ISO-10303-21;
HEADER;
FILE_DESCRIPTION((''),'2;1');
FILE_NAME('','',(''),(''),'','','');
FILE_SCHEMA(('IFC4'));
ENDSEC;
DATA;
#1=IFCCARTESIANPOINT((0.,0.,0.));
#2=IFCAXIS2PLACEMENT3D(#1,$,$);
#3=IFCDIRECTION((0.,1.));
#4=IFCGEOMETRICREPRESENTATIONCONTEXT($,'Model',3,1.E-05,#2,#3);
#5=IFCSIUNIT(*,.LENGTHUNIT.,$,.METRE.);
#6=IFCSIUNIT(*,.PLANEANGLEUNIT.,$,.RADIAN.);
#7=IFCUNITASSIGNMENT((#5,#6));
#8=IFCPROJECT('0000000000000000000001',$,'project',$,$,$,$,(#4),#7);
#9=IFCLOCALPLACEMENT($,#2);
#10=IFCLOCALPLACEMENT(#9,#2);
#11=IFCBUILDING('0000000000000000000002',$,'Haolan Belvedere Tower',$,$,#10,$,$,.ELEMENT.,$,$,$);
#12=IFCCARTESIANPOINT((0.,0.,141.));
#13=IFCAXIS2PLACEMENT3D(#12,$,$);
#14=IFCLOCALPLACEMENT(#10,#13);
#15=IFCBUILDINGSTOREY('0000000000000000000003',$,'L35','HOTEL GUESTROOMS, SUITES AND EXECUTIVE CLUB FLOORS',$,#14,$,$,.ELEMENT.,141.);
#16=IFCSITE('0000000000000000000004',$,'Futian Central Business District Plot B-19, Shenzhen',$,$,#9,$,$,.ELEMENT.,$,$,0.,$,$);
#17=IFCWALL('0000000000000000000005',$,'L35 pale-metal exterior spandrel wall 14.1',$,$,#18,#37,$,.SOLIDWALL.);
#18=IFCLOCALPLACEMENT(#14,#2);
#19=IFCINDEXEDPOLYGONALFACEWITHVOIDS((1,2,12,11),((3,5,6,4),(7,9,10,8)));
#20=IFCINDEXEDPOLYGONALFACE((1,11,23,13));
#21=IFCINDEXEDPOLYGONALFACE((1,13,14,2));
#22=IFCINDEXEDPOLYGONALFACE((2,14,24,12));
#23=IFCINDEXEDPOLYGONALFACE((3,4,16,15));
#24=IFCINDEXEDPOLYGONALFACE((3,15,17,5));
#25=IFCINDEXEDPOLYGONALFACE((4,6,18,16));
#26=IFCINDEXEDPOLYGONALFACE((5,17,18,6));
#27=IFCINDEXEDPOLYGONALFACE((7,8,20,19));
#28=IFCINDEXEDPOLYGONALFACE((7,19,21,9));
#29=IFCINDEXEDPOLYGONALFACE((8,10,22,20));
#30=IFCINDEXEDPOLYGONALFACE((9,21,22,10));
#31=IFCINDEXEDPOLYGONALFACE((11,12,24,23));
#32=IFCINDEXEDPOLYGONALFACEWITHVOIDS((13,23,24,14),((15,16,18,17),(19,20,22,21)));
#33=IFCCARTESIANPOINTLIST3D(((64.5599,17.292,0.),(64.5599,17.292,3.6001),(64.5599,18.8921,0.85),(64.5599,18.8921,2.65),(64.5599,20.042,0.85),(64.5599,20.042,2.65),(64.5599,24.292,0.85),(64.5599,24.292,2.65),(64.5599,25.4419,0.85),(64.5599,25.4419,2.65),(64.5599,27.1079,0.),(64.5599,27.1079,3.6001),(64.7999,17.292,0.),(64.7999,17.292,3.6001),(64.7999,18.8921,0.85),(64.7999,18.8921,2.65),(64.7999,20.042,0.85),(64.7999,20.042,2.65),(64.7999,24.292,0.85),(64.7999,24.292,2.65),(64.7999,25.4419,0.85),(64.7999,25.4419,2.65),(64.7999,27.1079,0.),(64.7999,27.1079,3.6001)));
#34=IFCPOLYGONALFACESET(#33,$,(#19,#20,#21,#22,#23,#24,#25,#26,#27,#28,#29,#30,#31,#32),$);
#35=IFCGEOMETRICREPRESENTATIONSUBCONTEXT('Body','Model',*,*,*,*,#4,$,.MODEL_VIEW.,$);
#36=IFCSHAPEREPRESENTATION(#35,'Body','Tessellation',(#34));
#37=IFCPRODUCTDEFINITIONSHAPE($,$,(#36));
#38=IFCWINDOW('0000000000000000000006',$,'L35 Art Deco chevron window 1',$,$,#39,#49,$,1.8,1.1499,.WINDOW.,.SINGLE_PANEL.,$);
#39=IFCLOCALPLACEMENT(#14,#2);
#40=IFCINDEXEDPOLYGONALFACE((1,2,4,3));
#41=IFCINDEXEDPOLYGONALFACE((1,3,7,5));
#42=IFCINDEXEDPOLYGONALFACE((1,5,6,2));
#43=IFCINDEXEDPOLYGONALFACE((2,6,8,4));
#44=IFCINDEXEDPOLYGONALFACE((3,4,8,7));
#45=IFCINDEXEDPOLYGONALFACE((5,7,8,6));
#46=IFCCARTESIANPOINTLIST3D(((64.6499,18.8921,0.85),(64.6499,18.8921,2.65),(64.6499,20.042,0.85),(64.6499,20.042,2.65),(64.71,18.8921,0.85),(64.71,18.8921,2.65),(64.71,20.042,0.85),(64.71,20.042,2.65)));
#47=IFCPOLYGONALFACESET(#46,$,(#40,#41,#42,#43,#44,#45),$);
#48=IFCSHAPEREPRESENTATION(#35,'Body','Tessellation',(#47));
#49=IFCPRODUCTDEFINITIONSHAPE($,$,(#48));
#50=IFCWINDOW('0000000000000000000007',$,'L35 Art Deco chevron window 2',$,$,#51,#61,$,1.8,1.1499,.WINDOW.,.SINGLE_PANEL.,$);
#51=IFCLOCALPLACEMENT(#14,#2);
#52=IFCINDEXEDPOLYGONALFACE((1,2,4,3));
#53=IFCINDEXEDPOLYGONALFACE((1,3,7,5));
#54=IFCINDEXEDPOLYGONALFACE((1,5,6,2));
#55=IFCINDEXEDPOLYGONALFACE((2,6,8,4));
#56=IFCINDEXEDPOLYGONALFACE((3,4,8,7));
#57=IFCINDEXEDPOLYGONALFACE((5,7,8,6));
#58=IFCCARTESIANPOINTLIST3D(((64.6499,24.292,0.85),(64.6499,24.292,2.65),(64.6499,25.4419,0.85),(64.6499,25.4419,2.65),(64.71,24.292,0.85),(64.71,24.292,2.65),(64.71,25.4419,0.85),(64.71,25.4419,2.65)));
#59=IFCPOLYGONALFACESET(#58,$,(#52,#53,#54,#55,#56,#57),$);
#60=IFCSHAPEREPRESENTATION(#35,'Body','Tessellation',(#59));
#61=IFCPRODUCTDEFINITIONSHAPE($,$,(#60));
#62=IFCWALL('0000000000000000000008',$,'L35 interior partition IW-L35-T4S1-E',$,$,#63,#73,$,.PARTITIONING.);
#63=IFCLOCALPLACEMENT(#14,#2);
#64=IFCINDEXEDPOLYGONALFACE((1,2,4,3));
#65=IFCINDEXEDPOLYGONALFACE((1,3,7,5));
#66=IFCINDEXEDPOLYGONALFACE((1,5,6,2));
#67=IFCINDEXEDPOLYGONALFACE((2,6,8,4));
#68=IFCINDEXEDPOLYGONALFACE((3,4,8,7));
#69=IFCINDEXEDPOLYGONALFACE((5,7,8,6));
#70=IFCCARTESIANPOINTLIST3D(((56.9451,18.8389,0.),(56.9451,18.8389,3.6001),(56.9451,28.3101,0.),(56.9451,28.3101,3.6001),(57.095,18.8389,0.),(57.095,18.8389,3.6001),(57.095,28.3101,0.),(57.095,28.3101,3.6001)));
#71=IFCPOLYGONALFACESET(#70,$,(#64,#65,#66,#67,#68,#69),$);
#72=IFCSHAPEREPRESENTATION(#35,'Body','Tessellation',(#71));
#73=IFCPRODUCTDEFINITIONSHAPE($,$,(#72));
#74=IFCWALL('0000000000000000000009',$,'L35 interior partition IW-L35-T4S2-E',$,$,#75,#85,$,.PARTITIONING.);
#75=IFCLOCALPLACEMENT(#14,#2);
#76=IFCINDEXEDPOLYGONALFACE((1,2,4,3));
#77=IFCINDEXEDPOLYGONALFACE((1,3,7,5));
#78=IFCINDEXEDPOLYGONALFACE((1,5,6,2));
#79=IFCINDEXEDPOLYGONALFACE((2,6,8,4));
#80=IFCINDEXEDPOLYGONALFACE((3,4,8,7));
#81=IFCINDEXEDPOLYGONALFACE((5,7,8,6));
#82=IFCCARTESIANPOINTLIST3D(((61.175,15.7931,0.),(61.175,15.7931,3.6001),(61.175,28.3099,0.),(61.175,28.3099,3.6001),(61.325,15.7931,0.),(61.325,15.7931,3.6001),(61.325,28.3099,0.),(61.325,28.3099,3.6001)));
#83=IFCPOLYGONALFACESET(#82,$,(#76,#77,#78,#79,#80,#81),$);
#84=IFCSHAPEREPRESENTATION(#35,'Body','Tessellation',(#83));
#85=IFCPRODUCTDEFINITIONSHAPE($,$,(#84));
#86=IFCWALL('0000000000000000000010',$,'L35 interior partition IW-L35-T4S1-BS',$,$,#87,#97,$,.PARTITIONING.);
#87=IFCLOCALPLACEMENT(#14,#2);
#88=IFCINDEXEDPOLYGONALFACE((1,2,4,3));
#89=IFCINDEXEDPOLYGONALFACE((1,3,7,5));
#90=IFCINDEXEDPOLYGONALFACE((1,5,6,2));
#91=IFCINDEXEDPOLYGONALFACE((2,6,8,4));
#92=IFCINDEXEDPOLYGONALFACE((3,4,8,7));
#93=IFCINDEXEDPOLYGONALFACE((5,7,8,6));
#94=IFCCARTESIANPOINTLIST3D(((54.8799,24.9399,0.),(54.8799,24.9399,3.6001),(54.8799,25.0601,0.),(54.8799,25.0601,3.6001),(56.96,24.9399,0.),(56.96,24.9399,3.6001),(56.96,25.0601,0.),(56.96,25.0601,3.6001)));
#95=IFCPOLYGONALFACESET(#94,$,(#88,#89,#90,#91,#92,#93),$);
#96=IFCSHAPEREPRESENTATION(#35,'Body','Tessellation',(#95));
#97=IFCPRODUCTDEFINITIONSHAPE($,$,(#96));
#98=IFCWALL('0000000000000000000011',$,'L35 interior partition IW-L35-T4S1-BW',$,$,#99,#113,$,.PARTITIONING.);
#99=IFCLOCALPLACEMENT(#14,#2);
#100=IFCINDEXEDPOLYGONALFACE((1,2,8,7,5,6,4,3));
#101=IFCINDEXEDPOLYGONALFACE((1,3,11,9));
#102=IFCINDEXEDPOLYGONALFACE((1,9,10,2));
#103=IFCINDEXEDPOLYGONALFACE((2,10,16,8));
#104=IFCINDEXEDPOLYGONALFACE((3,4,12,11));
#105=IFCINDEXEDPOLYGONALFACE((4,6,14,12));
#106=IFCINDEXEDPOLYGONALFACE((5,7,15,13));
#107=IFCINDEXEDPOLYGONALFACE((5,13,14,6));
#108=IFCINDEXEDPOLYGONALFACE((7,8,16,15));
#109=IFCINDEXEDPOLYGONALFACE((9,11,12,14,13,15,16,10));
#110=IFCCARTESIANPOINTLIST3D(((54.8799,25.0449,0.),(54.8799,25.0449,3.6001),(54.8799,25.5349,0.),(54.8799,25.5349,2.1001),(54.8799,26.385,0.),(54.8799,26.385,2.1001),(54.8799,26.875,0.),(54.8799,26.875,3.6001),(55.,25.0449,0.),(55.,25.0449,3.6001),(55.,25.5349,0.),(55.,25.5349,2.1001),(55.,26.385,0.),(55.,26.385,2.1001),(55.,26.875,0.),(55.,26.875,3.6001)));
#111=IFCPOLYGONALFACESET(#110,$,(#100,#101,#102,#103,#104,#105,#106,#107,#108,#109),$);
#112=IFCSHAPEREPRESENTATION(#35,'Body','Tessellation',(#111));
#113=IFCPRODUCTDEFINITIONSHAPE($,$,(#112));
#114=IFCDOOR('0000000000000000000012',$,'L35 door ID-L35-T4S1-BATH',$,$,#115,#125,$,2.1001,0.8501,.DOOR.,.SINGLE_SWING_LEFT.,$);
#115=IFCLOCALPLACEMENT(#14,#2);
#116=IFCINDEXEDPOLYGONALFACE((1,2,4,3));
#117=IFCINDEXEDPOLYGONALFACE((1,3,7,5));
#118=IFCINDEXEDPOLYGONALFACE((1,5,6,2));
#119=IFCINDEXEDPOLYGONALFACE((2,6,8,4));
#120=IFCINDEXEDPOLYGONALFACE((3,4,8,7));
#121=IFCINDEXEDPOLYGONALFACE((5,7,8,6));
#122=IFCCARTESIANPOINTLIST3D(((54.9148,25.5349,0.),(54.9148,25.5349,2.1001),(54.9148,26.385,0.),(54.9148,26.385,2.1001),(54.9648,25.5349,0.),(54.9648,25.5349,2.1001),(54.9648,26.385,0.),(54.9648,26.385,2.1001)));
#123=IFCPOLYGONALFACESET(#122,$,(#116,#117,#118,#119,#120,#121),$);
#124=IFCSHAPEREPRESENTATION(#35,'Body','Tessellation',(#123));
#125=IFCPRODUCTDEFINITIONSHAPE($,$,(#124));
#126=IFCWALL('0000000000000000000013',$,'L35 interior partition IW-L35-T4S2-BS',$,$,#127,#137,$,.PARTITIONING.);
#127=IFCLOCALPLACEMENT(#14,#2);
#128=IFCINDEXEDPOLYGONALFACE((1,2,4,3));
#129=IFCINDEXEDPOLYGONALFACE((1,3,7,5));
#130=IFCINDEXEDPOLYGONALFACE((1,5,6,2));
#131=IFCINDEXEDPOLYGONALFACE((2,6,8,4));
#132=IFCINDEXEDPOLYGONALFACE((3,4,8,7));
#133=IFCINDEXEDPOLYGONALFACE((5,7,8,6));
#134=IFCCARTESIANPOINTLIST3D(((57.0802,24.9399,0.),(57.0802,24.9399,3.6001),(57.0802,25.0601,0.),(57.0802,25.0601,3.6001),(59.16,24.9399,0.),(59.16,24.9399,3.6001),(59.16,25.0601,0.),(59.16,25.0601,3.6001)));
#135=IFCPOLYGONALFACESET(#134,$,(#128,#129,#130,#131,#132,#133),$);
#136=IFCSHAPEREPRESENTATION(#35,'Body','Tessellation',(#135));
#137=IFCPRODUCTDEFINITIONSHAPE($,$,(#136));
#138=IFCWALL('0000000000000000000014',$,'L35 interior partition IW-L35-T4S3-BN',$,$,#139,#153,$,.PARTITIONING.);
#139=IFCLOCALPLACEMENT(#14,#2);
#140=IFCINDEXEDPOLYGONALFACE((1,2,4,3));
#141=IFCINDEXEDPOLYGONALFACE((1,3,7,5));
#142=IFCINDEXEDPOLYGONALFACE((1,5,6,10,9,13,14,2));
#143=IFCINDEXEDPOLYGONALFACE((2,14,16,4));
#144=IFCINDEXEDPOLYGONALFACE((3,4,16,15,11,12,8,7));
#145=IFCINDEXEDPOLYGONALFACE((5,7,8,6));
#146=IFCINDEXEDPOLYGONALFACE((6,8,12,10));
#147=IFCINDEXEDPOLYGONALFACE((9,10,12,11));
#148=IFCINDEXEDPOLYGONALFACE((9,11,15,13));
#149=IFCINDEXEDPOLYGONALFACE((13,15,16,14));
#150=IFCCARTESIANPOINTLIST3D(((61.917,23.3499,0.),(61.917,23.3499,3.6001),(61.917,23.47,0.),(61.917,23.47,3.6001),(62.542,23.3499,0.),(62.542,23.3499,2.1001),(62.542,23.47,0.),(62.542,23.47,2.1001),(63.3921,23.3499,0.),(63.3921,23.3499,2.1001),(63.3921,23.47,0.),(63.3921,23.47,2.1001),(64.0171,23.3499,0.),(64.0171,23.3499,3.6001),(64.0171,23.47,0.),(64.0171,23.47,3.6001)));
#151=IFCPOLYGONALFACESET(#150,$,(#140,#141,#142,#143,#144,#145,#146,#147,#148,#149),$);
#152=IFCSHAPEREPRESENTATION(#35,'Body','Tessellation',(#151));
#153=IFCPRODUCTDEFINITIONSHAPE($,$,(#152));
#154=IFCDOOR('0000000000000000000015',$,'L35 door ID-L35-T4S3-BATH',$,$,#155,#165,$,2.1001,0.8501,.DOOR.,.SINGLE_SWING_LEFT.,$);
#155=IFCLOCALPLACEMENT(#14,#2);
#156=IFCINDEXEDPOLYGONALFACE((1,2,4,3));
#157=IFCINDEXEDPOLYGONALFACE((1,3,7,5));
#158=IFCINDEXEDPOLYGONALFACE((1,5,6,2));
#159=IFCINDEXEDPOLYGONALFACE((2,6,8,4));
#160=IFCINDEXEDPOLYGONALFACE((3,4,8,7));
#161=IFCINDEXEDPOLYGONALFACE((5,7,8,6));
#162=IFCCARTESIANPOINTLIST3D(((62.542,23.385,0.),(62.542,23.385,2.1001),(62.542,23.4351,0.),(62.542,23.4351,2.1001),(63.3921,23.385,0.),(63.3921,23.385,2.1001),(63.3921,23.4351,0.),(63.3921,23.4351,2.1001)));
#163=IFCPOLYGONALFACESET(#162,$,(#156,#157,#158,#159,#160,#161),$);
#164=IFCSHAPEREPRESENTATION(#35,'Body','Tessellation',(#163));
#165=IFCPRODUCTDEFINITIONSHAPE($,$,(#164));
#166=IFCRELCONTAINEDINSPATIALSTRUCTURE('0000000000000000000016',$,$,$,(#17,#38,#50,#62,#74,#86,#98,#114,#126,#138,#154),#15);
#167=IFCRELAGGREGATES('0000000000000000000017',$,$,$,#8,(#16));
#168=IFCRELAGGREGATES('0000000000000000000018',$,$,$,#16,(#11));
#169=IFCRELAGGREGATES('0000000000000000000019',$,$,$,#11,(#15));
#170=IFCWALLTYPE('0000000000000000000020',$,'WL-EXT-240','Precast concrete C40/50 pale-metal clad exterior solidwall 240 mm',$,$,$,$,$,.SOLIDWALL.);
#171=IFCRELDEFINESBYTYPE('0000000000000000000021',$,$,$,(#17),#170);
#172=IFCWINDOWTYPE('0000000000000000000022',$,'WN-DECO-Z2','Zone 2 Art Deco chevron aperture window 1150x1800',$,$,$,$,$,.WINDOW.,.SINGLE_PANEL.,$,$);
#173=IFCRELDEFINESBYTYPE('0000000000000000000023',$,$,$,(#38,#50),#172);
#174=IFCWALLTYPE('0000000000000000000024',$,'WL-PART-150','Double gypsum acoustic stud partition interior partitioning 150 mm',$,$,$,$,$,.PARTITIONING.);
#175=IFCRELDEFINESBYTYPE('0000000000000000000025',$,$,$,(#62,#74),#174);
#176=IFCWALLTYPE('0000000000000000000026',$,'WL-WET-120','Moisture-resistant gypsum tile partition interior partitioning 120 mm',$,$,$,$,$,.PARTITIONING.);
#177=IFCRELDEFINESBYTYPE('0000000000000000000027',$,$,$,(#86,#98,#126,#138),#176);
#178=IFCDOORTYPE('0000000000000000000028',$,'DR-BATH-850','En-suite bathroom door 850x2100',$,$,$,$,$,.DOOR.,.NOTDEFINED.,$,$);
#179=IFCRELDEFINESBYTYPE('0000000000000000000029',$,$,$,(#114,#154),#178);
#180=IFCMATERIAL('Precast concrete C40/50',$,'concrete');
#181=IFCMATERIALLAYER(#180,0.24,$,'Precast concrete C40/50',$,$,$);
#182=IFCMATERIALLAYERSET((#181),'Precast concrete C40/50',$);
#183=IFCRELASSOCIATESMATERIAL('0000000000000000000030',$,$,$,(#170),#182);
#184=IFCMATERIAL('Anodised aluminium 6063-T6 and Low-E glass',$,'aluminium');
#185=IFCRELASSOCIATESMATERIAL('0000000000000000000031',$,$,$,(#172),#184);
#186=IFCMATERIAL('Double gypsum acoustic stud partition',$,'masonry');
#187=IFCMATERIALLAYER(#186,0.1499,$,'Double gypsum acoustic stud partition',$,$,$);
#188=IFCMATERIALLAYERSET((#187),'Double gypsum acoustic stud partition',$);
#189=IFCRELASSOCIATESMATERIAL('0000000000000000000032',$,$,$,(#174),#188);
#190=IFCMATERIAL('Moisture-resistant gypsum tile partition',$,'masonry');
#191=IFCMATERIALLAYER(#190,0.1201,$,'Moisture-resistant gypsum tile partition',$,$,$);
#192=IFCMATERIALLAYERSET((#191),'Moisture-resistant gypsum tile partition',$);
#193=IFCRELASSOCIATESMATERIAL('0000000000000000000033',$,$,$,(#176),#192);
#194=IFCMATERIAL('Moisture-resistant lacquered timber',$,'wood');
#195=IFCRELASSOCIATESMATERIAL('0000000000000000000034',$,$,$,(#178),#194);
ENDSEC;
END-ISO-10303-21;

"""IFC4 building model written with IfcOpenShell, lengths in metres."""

from ifc_helpers import new_model, si_unit, direction, frame, frame_2d, origin, place, context, subcontext, project, spatial, rectangle, extrude, material, layer, layer_set, type_object, element, fill, save


model = new_model("IFC4")

# Units and contexts
model_context = context("Model", 3, precision=1e-05, world=origin(), true_north=direction((0.0, 1.0)))
body_context = subcontext(model_context, "Body", "Model", "MODEL_VIEW")
ifc_project = project(units=[si_unit("LENGTHUNIT", "METRE"), si_unit("PLANEANGLEUNIT", "RADIAN")], contexts=[model_context])

# Site, building, storey
site_placement = place(None, origin())
site = spatial("IfcSite", under=ifc_project, at=site_placement, Name="Futian Central Business District Plot B-19, Shenzhen", CompositionType="ELEMENT", RefElevation=0.0)
building_placement = place(site_placement, origin())
building = spatial("IfcBuilding", under=site, at=building_placement, Name="Haolan Belvedere Tower", CompositionType="ELEMENT")
storey_placement = place(building_placement, frame((0.0, 0.0, 141.0)))
storey = spatial("IfcBuildingStorey", under=building, at=storey_placement, Name="L35", Description="HOTEL GUESTROOMS, SUITES AND EXECUTIVE CLUB FLOORS", CompositionType="ELEMENT", Elevation=141.0)

# Shared definitions
ifc_material_1 = material(Name="Precast concrete C40/50", Category="concrete")
ifc_layer_1 = layer(ifc_material_1, 0.24, Name="Precast concrete C40/50")
ifc_layer_set_1 = layer_set([ifc_layer_1], Name="Precast concrete C40/50")
wall_type_1 = type_object("IfcWallType", Name="WL-EXT-240", Description="Precast concrete C40/50 pale-metal clad exterior solidwall 240 mm", PredefinedType="SOLIDWALL", material=ifc_layer_set_1)
ifc_material_2 = material(Name="Anodised aluminium 6063-T6 and Low-E glass", Category="aluminium")
window_type = type_object("IfcWindowType", Name="WN-DECO-Z2", Description="Zone 2 Art Deco chevron aperture window 1150x1800", PartitioningType="SINGLE_PANEL", PredefinedType="WINDOW", material=ifc_material_2)

# Wall, openings, windows
wall_1_placement = place(storey_placement, frame((64.6799, 17.292, 0.0), z_axis=(0.0, 0.0, 1.0), x_axis=(0.0, 1.0, 0.0)))
wall_1 = element("IfcWall", 1, at=wall_1_placement, inside=storey, type_object=wall_type_1, Name="L35 pale-metal exterior spandrel wall 14.1", PredefinedType="SOLIDWALL", context=body_context, shape_type="SweptSolid", body=[
    extrude(rectangle(XDim=9.8159, YDim=0.24, at=frame_2d((4.908, 0.0))), origin(), (0.0, 0.0, 1.0), 3.6001),
])
opening_1_placement = place(wall_1_placement, frame((1.6001, 0.0, 0.8501)))
opening_1 = element("IfcOpeningElement", 2, at=opening_1_placement, cuts=wall_1, PredefinedType="OPENING", context=body_context, shape_type="SweptSolid", body=[
    extrude(rectangle(XDim=1.1499, YDim=1.8, at=frame_2d((0.575, 0.8999))), frame((0.0, 0.1299, 0.0), z_axis=(0.0, -1.0, 0.0), x_axis=(1.0, 0.0, 0.0)), (0.0, 0.0, 1.0), 0.26),
])
opening_2_placement = place(wall_1_placement, frame((7.0, 0.0, 0.8501)))
opening_2 = element("IfcOpeningElement", 3, at=opening_2_placement, cuts=wall_1, PredefinedType="OPENING", context=body_context, shape_type="SweptSolid", body=[
    extrude(rectangle(XDim=1.1499, YDim=1.8, at=frame_2d((0.575, 0.8999))), frame((0.0, 0.1299, 0.0), z_axis=(0.0, -1.0, 0.0), x_axis=(1.0, 0.0, 0.0)), (0.0, 0.0, 1.0), 0.26),
])
window_1_placement = place(opening_1_placement, origin())
window_1 = element("IfcWindow", 4, at=window_1_placement, inside=storey, type_object=window_type, Name="L35 Art Deco chevron window 1", OverallHeight=1.8, OverallWidth=1.1499, PartitioningType="SINGLE_PANEL", PredefinedType="WINDOW", context=body_context, shape_type="SweptSolid", body=[
    extrude(rectangle(XDim=1.1499, YDim=1.8, at=frame_2d((0.575, 0.8999))), frame((0.0, 0.03, 0.0), z_axis=(0.0, -1.0, 0.0), x_axis=(1.0, 0.0, 0.0)), (0.0, 0.0, 1.0), 0.0601),
])
fill(opening_1, window_1)
window_2_placement = place(opening_2_placement, origin())
window_2 = element("IfcWindow", 5, at=window_2_placement, inside=storey, type_object=window_type, Name="L35 Art Deco chevron window 2", OverallHeight=1.8, OverallWidth=1.1499, PartitioningType="SINGLE_PANEL", PredefinedType="WINDOW", context=body_context, shape_type="SweptSolid", body=[
    extrude(rectangle(XDim=1.1499, YDim=1.8, at=frame_2d((0.575, 0.8999))), frame((0.0, 0.03, 0.0), z_axis=(0.0, -1.0, 0.0), x_axis=(1.0, 0.0, 0.0)), (0.0, 0.0, 1.0), 0.0601),
])
fill(opening_2, window_2)

# Walls
ifc_material_3 = material(Name="Double gypsum acoustic stud partition", Category="masonry")
ifc_layer_2 = layer(ifc_material_3, 0.1499, Name="Double gypsum acoustic stud partition")
ifc_layer_set_2 = layer_set([ifc_layer_2], Name="Double gypsum acoustic stud partition")
wall_type_2 = type_object("IfcWallType", Name="WL-PART-150", Description="Double gypsum acoustic stud partition interior partitioning 150 mm", PredefinedType="PARTITIONING", material=ifc_layer_set_2)
wall_2_placement = place(storey_placement, frame((57.02, 18.8389, 0.0), z_axis=(0.0, 0.0, 1.0), x_axis=(0.0, 1.0, 0.0)))
element("IfcWall", 6, at=wall_2_placement, inside=storey, type_object=wall_type_2, Name="L35 interior partition IW-L35-T4S1-E", PredefinedType="PARTITIONING", context=body_context, shape_type="SweptSolid", body=[
    extrude(rectangle(XDim=9.4712, YDim=0.1499, at=frame_2d((4.7356, 0.0))), origin(), (0.0, 0.0, 1.0), 3.6001),
])
wall_3_placement = place(storey_placement, frame((61.25, 15.7932, 0.0), z_axis=(0.0, 0.0, 1.0), x_axis=(0.0, 1.0, 0.0)))
element("IfcWall", 7, at=wall_3_placement, inside=storey, type_object=wall_type_2, Name="L35 interior partition IW-L35-T4S2-E", PredefinedType="PARTITIONING", context=body_context, shape_type="SweptSolid", body=[
    extrude(rectangle(XDim=12.5168, YDim=0.1499, at=frame_2d((6.2583, 0.0))), origin(), (0.0, 0.0, 1.0), 3.6001),
])
ifc_material_4 = material(Name="Moisture-resistant gypsum tile partition", Category="masonry")
ifc_layer_3 = layer(ifc_material_4, 0.1201, Name="Moisture-resistant gypsum tile partition")
ifc_layer_set_3 = layer_set([ifc_layer_3], Name="Moisture-resistant gypsum tile partition")
wall_type_3 = type_object("IfcWallType", Name="WL-WET-120", Description="Moisture-resistant gypsum tile partition interior partitioning 120 mm", PredefinedType="PARTITIONING", material=ifc_layer_set_3)
wall_4_placement = place(storey_placement, frame((54.8799, 25.0, 0.0), z_axis=(0.0, 0.0, 1.0), x_axis=(1.0, 0.0, 0.0)))
element("IfcWall", 8, at=wall_4_placement, inside=storey, type_object=wall_type_3, Name="L35 interior partition IW-L35-T4S1-BS", PredefinedType="PARTITIONING", context=body_context, shape_type="SweptSolid", body=[
    extrude(rectangle(XDim=2.0801, YDim=0.1201, at=frame_2d((1.04, 0.0))), origin(), (0.0, 0.0, 1.0), 3.6001),
])

# Wall, opening, door
wall_5_placement = place(storey_placement, frame((54.9399, 25.0449, 0.0), z_axis=(0.0, 0.0, 1.0), x_axis=(0.0, 1.0, 0.0)))
wall_5 = element("IfcWall", 9, at=wall_5_placement, inside=storey, type_object=wall_type_3, Name="L35 interior partition IW-L35-T4S1-BW", PredefinedType="PARTITIONING", context=body_context, shape_type="SweptSolid", body=[
    extrude(rectangle(XDim=1.8301, YDim=0.1201, at=frame_2d((0.915, 0.0))), origin(), (0.0, 0.0, 1.0), 3.6001),
])
opening_3_placement = place(wall_5_placement, frame((1.3401, 0.0, 0.0), z_axis=(0.0, 0.0, 1.0), x_axis=(-1.0, 0.0, 0.0)))
opening_3 = element("IfcOpeningElement", 10, at=opening_3_placement, cuts=wall_5, PredefinedType="OPENING", context=body_context, shape_type="SweptSolid", body=[
    extrude(rectangle(XDim=0.8501, YDim=2.1001, at=frame_2d((0.425, 1.05))), frame((0.0, 0.0701, 0.0), z_axis=(0.0, -1.0, 0.0), x_axis=(1.0, 0.0, 0.0)), (0.0, 0.0, 1.0), 0.1401),
])
ifc_material_5 = material(Name="Moisture-resistant lacquered timber", Category="wood")
door_type = type_object("IfcDoorType", Name="DR-BATH-850", Description="En-suite bathroom door 850x2100", OperationType="NOTDEFINED", PredefinedType="DOOR", material=ifc_material_5)
door_1_placement = place(opening_3_placement, origin())
door_1 = element("IfcDoor", 11, at=door_1_placement, inside=storey, type_object=door_type, Name="L35 door ID-L35-T4S1-BATH", OperationType="SINGLE_SWING_LEFT", OverallHeight=2.1001, OverallWidth=0.8501, PredefinedType="DOOR", context=body_context, shape_type="SweptSolid", body=[
    extrude(rectangle(XDim=0.8501, YDim=2.1001, at=frame_2d((0.425, 1.05))), frame((0.0, 0.0249, 0.0), z_axis=(0.0, -1.0, 0.0), x_axis=(1.0, 0.0, 0.0)), (0.0, 0.0, 1.0), 0.05),
])
fill(opening_3, door_1)

# Wall
wall_6_placement = place(storey_placement, frame((57.0801, 25.0, 0.0), z_axis=(0.0, 0.0, 1.0), x_axis=(1.0, 0.0, 0.0)))
element("IfcWall", 12, at=wall_6_placement, inside=storey, type_object=wall_type_3, Name="L35 interior partition IW-L35-T4S2-BS", PredefinedType="PARTITIONING", context=body_context, shape_type="SweptSolid", body=[
    extrude(rectangle(XDim=2.0798, YDim=0.1201, at=frame_2d((1.04, 0.0))), origin(), (0.0, 0.0, 1.0), 3.6001),
])

# Wall, opening, door
wall_7_placement = place(storey_placement, frame((61.917, 23.4099, 0.0), z_axis=(0.0, 0.0, 1.0), x_axis=(1.0, 0.0, 0.0)))
wall_7 = element("IfcWall", 13, at=wall_7_placement, inside=storey, type_object=wall_type_3, Name="L35 interior partition IW-L35-T4S3-BN", PredefinedType="PARTITIONING", context=body_context, shape_type="SweptSolid", body=[
    extrude(rectangle(XDim=2.1001, YDim=0.1201, at=frame_2d((1.05, 0.0))), origin(), (0.0, 0.0, 1.0), 3.6001),
])
opening_4_placement = place(wall_7_placement, frame((1.4751, 0.0, 0.0), z_axis=(0.0, 0.0, 1.0), x_axis=(-1.0, 0.0, 0.0)))
opening_4 = element("IfcOpeningElement", 14, at=opening_4_placement, cuts=wall_7, PredefinedType="OPENING", context=body_context, shape_type="SweptSolid", body=[
    extrude(rectangle(XDim=0.8501, YDim=2.1001, at=frame_2d((0.425, 1.05))), frame((0.0, 0.0701, 0.0), z_axis=(0.0, -1.0, 0.0), x_axis=(1.0, 0.0, 0.0)), (0.0, 0.0, 1.0), 0.1401),
])
door_2_placement = place(opening_4_placement, origin())
door_2 = element("IfcDoor", 15, at=door_2_placement, inside=storey, type_object=door_type, Name="L35 door ID-L35-T4S3-BATH", OperationType="SINGLE_SWING_LEFT", OverallHeight=2.1001, OverallWidth=0.8501, PredefinedType="DOOR", context=body_context, shape_type="SweptSolid", body=[
    extrude(rectangle(XDim=0.8501, YDim=2.1001, at=frame_2d((0.425, 1.05))), frame((0.0, 0.0249, 0.0), z_axis=(0.0, -1.0, 0.0), x_axis=(1.0, 0.0, 0.0)), (0.0, 0.0, 1.0), 0.05),
])
fill(opening_4, door_2)

save(model, "model.ifc")
